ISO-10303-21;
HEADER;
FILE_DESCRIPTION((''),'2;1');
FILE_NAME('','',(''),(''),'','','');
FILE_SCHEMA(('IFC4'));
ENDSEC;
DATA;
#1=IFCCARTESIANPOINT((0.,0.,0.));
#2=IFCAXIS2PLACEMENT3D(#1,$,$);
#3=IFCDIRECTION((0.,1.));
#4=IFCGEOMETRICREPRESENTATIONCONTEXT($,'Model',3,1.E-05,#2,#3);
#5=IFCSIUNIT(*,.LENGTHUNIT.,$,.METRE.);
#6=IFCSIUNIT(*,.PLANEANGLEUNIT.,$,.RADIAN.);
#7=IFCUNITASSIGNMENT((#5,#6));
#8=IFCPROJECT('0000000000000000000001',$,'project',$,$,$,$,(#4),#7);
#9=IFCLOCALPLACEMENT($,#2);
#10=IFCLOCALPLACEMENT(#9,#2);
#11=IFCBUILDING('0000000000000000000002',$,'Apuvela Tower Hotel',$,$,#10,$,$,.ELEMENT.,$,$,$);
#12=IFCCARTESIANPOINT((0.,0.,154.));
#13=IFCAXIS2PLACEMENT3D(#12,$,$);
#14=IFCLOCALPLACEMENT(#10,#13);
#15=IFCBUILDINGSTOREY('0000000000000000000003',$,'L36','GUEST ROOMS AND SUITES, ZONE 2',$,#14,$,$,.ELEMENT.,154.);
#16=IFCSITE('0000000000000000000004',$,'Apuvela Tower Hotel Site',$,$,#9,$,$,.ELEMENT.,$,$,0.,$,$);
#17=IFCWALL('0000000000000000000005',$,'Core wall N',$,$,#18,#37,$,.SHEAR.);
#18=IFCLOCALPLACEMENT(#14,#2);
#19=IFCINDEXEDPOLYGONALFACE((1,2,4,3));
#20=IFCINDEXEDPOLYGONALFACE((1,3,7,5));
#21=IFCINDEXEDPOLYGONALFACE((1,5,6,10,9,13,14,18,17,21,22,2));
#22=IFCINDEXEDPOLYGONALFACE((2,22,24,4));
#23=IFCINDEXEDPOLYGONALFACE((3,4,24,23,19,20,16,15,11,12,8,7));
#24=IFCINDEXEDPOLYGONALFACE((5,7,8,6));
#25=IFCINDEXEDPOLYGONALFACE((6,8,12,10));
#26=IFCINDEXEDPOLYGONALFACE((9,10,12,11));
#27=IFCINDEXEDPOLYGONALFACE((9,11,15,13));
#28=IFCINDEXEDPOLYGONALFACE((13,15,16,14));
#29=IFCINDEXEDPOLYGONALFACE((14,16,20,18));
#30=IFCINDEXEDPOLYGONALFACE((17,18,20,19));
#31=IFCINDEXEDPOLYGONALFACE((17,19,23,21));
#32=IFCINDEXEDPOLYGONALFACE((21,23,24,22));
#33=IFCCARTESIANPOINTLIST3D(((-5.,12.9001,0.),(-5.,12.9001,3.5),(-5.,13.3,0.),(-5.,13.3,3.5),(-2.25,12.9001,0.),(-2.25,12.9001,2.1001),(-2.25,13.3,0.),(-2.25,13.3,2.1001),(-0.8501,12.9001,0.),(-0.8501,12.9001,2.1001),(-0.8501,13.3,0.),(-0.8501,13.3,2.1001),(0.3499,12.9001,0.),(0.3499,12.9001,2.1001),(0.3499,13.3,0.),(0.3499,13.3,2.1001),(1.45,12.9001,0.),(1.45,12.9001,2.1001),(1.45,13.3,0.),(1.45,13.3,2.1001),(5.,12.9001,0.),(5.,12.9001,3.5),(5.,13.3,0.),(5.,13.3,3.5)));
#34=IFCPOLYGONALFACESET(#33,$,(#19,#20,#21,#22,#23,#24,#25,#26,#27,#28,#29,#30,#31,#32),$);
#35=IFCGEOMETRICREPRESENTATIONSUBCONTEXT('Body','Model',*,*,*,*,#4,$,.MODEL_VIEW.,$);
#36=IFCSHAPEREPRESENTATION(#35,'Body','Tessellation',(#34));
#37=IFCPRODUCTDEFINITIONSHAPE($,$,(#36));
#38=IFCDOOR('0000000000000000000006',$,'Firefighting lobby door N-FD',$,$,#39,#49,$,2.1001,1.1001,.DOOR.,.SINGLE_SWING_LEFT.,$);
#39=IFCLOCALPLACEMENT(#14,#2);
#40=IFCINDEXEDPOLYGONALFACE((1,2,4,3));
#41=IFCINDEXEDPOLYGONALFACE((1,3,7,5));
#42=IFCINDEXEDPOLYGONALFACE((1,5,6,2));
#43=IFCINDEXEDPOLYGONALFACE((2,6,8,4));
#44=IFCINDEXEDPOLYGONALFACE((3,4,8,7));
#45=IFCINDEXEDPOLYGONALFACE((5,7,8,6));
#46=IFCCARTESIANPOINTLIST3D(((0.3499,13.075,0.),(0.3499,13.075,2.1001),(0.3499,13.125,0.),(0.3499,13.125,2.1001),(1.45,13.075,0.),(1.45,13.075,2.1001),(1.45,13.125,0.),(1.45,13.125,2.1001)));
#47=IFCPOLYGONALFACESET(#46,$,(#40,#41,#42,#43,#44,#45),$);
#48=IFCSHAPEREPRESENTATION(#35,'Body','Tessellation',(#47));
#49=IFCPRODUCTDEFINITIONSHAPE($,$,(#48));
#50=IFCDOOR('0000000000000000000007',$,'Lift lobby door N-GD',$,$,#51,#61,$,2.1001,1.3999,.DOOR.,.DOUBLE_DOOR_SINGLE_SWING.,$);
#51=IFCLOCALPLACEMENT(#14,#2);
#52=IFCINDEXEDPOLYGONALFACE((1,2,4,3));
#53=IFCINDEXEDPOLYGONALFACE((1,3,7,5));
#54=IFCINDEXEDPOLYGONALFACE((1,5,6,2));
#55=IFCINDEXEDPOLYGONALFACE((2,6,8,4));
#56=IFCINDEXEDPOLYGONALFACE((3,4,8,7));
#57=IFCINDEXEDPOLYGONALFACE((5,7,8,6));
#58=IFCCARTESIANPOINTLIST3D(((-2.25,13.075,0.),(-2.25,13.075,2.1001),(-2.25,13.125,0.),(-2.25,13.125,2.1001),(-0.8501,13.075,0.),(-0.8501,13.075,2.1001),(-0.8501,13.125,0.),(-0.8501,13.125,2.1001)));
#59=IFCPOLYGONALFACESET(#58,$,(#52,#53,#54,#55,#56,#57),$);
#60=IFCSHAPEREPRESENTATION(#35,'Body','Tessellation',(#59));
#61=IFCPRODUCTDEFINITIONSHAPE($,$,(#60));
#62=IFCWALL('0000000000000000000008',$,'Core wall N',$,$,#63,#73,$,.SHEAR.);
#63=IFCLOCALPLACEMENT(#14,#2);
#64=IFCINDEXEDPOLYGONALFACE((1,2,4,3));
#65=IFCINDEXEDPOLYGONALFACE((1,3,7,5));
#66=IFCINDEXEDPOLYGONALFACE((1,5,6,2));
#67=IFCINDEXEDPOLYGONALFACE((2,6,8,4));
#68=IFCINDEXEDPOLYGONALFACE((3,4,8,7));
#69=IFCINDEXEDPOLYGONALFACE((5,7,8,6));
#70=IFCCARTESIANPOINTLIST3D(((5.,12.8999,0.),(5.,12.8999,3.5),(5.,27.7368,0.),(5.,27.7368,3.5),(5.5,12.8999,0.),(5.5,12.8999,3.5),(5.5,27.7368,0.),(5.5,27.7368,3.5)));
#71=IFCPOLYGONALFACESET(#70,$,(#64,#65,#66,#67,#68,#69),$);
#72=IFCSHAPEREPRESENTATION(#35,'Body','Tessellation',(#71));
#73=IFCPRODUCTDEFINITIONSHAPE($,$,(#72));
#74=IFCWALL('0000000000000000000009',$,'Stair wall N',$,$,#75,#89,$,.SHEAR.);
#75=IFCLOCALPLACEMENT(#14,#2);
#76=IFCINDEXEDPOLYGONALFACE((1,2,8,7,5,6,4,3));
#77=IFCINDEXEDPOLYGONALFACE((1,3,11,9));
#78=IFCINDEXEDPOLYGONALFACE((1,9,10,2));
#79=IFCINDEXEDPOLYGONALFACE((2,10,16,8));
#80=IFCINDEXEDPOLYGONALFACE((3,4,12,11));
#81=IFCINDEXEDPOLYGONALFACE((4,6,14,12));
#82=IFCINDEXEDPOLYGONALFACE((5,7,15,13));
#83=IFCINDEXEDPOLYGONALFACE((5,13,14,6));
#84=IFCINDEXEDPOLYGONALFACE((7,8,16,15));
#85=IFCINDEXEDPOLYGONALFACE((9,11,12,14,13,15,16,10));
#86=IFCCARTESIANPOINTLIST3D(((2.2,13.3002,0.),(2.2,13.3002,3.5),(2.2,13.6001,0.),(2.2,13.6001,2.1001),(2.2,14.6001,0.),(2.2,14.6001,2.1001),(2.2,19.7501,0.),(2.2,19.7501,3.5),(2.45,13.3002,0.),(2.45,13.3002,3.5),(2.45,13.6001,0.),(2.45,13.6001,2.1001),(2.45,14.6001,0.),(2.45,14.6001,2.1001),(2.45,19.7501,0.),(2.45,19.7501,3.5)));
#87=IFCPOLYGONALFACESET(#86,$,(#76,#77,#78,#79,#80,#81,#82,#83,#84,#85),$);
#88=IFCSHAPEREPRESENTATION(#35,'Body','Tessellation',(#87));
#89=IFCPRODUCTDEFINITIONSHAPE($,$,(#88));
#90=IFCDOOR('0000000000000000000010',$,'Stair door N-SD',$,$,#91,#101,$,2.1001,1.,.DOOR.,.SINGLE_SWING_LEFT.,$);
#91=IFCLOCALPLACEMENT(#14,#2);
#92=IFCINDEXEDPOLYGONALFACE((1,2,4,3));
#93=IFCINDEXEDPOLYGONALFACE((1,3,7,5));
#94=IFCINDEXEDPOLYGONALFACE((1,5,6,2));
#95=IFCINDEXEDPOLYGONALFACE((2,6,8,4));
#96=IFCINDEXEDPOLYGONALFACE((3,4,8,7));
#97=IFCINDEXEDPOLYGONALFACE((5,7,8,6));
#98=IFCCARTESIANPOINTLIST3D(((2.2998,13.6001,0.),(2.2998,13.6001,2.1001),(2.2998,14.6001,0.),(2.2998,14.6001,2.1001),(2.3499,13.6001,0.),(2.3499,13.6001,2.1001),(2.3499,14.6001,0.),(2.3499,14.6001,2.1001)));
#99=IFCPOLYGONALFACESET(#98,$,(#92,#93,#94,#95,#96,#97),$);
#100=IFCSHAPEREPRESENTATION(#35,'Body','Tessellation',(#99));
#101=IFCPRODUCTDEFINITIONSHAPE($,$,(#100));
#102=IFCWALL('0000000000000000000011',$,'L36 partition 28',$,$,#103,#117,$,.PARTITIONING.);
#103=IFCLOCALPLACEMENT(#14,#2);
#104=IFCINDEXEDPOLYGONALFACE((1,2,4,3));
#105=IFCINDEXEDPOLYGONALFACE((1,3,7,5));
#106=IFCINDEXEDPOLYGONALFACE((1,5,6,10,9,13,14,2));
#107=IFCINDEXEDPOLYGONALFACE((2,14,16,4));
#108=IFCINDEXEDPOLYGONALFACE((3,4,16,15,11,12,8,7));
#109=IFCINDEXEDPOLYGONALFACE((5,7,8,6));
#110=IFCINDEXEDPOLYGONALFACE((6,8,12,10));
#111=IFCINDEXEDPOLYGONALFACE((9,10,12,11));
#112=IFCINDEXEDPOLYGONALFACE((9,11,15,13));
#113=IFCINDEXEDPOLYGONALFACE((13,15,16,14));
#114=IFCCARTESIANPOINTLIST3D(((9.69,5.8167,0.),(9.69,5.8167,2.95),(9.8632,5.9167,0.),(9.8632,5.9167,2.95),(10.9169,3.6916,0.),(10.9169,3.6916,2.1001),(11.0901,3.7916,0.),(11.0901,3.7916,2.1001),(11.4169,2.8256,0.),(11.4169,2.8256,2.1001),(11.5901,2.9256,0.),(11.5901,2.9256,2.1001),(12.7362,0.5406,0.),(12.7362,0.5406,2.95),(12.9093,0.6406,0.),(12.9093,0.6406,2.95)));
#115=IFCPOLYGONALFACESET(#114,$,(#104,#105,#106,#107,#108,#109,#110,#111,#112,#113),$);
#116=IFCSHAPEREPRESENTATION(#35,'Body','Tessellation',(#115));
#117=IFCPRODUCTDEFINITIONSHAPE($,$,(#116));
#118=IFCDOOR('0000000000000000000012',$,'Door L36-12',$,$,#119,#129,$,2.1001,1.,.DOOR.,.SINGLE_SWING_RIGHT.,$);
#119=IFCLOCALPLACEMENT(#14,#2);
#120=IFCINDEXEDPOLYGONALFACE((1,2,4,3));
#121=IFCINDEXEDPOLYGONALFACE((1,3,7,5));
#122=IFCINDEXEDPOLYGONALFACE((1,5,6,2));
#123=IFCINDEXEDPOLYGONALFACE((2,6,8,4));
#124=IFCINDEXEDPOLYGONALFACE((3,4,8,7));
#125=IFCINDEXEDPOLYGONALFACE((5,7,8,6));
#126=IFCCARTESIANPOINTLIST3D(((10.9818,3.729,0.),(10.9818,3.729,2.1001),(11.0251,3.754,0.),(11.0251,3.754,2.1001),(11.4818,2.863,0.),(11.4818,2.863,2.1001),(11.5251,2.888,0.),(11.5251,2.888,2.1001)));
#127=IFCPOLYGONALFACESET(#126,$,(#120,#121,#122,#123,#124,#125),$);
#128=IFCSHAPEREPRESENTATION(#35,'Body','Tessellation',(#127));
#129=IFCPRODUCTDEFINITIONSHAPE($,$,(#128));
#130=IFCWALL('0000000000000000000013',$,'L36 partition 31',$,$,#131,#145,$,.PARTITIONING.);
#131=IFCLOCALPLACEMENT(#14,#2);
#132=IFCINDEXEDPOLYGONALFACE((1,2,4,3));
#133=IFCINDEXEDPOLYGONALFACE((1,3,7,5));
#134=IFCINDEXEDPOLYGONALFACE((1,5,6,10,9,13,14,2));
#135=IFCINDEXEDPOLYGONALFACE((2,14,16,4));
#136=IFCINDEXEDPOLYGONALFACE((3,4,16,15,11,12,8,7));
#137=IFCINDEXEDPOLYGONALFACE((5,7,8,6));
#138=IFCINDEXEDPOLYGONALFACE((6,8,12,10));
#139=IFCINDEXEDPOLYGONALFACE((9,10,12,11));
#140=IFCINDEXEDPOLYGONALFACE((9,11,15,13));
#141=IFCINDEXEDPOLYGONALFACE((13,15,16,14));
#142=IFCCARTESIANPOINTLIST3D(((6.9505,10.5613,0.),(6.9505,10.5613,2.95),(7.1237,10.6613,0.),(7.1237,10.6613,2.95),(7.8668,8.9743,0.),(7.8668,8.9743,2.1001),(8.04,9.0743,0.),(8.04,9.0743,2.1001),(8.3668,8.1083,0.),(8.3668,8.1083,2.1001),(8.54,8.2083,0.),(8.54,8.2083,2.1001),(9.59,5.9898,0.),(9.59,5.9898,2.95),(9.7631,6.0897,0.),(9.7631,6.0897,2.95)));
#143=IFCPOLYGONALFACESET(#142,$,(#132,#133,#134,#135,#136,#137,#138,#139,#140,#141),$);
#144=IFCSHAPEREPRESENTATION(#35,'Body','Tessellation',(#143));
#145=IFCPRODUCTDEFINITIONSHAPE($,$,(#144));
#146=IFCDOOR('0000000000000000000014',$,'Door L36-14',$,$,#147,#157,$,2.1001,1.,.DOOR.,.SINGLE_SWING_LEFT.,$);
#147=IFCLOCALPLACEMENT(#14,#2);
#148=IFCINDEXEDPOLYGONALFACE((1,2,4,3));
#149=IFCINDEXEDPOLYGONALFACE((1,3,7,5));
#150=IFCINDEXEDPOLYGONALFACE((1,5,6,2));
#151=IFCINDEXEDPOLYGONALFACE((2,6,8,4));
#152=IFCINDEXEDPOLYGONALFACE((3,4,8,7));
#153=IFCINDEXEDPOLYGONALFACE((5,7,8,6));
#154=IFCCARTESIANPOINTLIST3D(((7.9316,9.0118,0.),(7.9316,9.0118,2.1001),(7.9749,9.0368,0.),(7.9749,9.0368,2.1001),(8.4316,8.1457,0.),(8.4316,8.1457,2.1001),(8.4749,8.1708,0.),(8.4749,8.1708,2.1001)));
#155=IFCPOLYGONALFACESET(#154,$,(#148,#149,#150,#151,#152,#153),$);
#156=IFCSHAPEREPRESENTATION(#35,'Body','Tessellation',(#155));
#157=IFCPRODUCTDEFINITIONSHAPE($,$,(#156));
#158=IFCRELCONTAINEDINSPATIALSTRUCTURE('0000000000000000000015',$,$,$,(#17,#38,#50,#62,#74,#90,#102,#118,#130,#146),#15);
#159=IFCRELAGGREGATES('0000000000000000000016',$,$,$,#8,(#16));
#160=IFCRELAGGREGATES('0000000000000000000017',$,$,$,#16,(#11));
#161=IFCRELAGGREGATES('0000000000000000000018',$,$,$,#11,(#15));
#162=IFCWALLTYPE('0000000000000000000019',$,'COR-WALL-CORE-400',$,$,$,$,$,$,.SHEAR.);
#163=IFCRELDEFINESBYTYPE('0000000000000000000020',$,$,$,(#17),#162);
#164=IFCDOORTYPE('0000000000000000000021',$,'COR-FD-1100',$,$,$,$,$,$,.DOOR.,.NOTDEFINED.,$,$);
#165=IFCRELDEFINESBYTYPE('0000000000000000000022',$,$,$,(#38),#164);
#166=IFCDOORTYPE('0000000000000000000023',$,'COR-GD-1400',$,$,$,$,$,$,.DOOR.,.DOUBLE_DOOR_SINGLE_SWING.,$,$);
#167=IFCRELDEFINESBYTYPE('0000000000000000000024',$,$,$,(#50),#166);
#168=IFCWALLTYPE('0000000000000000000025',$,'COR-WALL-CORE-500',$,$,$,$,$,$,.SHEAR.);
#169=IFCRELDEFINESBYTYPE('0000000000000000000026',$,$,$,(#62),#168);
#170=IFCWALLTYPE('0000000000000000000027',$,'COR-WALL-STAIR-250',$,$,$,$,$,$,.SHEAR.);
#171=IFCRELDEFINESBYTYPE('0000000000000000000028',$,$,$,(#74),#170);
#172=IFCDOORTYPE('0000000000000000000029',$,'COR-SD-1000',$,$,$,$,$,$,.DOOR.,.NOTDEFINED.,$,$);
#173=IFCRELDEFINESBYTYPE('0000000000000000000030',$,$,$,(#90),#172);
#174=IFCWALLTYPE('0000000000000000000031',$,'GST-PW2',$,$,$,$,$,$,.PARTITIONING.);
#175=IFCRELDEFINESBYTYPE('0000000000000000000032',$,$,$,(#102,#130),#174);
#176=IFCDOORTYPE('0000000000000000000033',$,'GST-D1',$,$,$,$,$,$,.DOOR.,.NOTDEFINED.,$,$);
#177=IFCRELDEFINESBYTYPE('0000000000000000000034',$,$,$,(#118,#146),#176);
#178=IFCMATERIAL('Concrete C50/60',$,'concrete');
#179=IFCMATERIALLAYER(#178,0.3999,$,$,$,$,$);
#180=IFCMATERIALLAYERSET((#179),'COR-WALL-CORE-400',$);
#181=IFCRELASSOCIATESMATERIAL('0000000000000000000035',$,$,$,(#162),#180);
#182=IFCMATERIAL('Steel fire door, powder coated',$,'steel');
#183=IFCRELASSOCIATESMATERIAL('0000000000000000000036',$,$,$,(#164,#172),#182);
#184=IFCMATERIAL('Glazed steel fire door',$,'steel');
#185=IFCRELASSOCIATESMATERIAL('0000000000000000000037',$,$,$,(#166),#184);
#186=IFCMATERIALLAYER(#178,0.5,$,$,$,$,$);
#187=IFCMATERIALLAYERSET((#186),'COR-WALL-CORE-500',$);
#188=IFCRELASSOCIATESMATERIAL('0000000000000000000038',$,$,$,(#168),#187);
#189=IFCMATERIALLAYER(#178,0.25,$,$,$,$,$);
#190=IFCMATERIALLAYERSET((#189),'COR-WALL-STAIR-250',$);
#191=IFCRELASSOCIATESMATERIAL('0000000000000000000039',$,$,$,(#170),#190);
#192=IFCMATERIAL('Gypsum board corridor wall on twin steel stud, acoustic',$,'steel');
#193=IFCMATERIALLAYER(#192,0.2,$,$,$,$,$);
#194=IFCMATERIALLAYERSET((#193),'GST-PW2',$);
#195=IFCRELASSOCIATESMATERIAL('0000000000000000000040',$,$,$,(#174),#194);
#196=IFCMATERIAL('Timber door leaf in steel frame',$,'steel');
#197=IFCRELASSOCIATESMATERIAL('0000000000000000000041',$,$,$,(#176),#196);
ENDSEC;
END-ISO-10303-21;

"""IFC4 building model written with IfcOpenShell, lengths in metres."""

from ifc_helpers import new_model, si_unit, direction, frame, frame_2d, origin, place, context, subcontext, project, spatial, rectangle, extrude, material, layer, layer_set, type_object, element, fill, save


model = new_model("IFC4")

# Units and contexts
model_context = context("Model", 3, precision=1e-05, world=origin(), true_north=direction((0.0, 1.0)))
body_context = subcontext(model_context, "Body", "Model", "MODEL_VIEW")
ifc_project = project(units=[si_unit("LENGTHUNIT", "METRE"), si_unit("PLANEANGLEUNIT", "RADIAN")], contexts=[model_context])

# Site, building, storey
site_placement = place(None, origin())
site = spatial("IfcSite", under=ifc_project, at=site_placement, Name="Apuvela Tower Hotel Site", CompositionType="ELEMENT", RefElevation=0.0)
building_placement = place(site_placement, origin())
building = spatial("IfcBuilding", under=site, at=building_placement, Name="Apuvela Tower Hotel", CompositionType="ELEMENT")
storey_placement = place(building_placement, frame((0.0, 0.0, 154.0)))
storey = spatial("IfcBuildingStorey", under=building, at=storey_placement, Name="L36", Description="GUEST ROOMS AND SUITES, ZONE 2", CompositionType="ELEMENT", Elevation=154.0)

# Shared definitions
ifc_material_1 = material(Name="Concrete C50/60", Category="concrete")

# Wall, openings, doors
ifc_layer_1 = layer(ifc_material_1, 0.3999)
ifc_layer_set_1 = layer_set([ifc_layer_1], Name="COR-WALL-CORE-400")
wall_type_1 = type_object("IfcWallType", Name="COR-WALL-CORE-400", PredefinedType="SHEAR", material=ifc_layer_set_1)
wall_1_placement = place(storey_placement, frame((5.0, 13.1001, 0.0), z_axis=(0.0, 0.0, 1.0), x_axis=(-1.0, 0.0, 0.0)))
wall_1 = element("IfcWall", 1, at=wall_1_placement, inside=storey, type_object=wall_type_1, Name="Core wall N", PredefinedType="SHEAR", context=body_context, shape_type="SweptSolid", body=[
    extrude(rectangle(XDim=10.0, YDim=0.3999, at=frame_2d((5.0, 0.0))), origin(), (0.0, 0.0, 1.0), 3.5),
])
opening_1_placement = place(wall_1_placement, frame((3.55, 0.0, 0.0)))
opening_1 = element("IfcOpeningElement", 2, at=opening_1_placement, cuts=wall_1, PredefinedType="OPENING", context=body_context, shape_type="SweptSolid", body=[
    extrude(rectangle(XDim=1.1001, YDim=2.1001, at=frame_2d((0.55, 1.05))), frame((0.0, 0.21, 0.0), z_axis=(0.0, -1.0, 0.0), x_axis=(1.0, 0.0, 0.0)), (0.0, 0.0, 1.0), 0.4199),
])
opening_2_placement = place(wall_1_placement, frame((5.8501, 0.0, 0.0)))
opening_2 = element("IfcOpeningElement", 3, at=opening_2_placement, cuts=wall_1, PredefinedType="OPENING", context=body_context, shape_type="SweptSolid", body=[
    extrude(rectangle(XDim=1.3999, YDim=2.1001, at=frame_2d((0.7, 1.05))), frame((0.0, 0.21, 0.0), z_axis=(0.0, -1.0, 0.0), x_axis=(1.0, 0.0, 0.0)), (0.0, 0.0, 1.0), 0.4199),
])
ifc_material_2 = material(Name="Steel fire door, powder coated", Category="steel")
door_type_1 = type_object("IfcDoorType", Name="COR-FD-1100", OperationType="NOTDEFINED", PredefinedType="DOOR", material=ifc_material_2)
door_1_placement = place(opening_1_placement, frame((1.1001, 0.0, 0.0), z_axis=(0.0, 0.0, 1.0), x_axis=(-1.0, 0.0, 0.0)))
door_1 = element("IfcDoor", 4, at=door_1_placement, inside=storey, type_object=door_type_1, Name="Firefighting lobby door N-FD", OperationType="SINGLE_SWING_LEFT", OverallHeight=2.1001, OverallWidth=1.1001, PredefinedType="DOOR", context=body_context, shape_type="SweptSolid", body=[
    extrude(rectangle(XDim=1.1001, YDim=2.1001, at=frame_2d((0.55, 1.05))), frame((0.0, 0.0249, 0.0), z_axis=(0.0, -1.0, 0.0), x_axis=(1.0, 0.0, 0.0)), (0.0, 0.0, 1.0), 0.05),
])
fill(opening_1, door_1)
ifc_material_3 = material(Name="Glazed steel fire door", Category="steel")
door_type_2 = type_object("IfcDoorType", Name="COR-GD-1400", OperationType="DOUBLE_DOOR_SINGLE_SWING", PredefinedType="DOOR", material=ifc_material_3)
door_2_placement = place(opening_2_placement, frame((1.3999, 0.0, 0.0), z_axis=(0.0, 0.0, 1.0), x_axis=(-1.0, 0.0, 0.0)))
door_2 = element("IfcDoor", 5, at=door_2_placement, inside=storey, type_object=door_type_2, Name="Lift lobby door N-GD", OperationType="DOUBLE_DOOR_SINGLE_SWING", OverallHeight=2.1001, OverallWidth=1.3999, PredefinedType="DOOR", context=body_context, shape_type="SweptSolid", body=[
    extrude(rectangle(XDim=1.3999, YDim=2.1001, at=frame_2d((0.7, 1.05))), frame((0.0, 0.0249, 0.0), z_axis=(0.0, -1.0, 0.0), x_axis=(1.0, 0.0, 0.0)), (0.0, 0.0, 1.0), 0.05),
])
fill(opening_2, door_2)

# Wall
ifc_layer_2 = layer(ifc_material_1, 0.5)
ifc_layer_set_2 = layer_set([ifc_layer_2], Name="COR-WALL-CORE-500")
wall_type_2 = type_object("IfcWallType", Name="COR-WALL-CORE-500", PredefinedType="SHEAR", material=ifc_layer_set_2)
wall_2_placement = place(storey_placement, frame((5.25, 12.8999, 0.0), z_axis=(0.0, 0.0, 1.0), x_axis=(0.0, 1.0, 0.0)))
element("IfcWall", 6, at=wall_2_placement, inside=storey, type_object=wall_type_2, Name="Core wall N", PredefinedType="SHEAR", context=body_context, shape_type="SweptSolid", body=[
    extrude(rectangle(XDim=14.8369, YDim=0.5, at=frame_2d((7.4185, 0.0))), origin(), (0.0, 0.0, 1.0), 3.5),
])

# Walls, openings, doors
ifc_layer_3 = layer(ifc_material_1, 0.25)
ifc_layer_set_3 = layer_set([ifc_layer_3], Name="COR-WALL-STAIR-250")
wall_type_3 = type_object("IfcWallType", Name="COR-WALL-STAIR-250", PredefinedType="SHEAR", material=ifc_layer_set_3)
wall_3_placement = place(storey_placement, frame((2.325, 13.3, 0.0), z_axis=(0.0, 0.0, 1.0), x_axis=(0.0, 1.0, 0.0)))
wall_3 = element("IfcWall", 7, at=wall_3_placement, inside=storey, type_object=wall_type_3, Name="Stair wall N", PredefinedType="SHEAR", context=body_context, shape_type="SweptSolid", body=[
    extrude(rectangle(XDim=6.45, YDim=0.25, at=frame_2d((3.2251, 0.0))), origin(), (0.0, 0.0, 1.0), 3.5),
])
opening_3_placement = place(wall_3_placement, frame((0.3, 0.0, 0.0)))
opening_3 = element("IfcOpeningElement", 8, at=opening_3_placement, cuts=wall_3, PredefinedType="OPENING", context=body_context, shape_type="SweptSolid", body=[
    extrude(rectangle(XDim=1.0, YDim=2.1001, at=frame_2d((0.5, 1.05))), frame((0.0, 0.135, 0.0), z_axis=(0.0, -1.0, 0.0), x_axis=(1.0, 0.0, 0.0)), (0.0, 0.0, 1.0), 0.27),
])
door_type_3 = type_object("IfcDoorType", Name="COR-SD-1000", OperationType="NOTDEFINED", PredefinedType="DOOR", material=ifc_material_2)
door_3_placement = place(opening_3_placement, frame((1.0, 0.0, 0.0), z_axis=(0.0, 0.0, 1.0), x_axis=(-1.0, 0.0, 0.0)))
door_3 = element("IfcDoor", 9, at=door_3_placement, inside=storey, type_object=door_type_3, Name="Stair door N-SD", OperationType="SINGLE_SWING_LEFT", OverallHeight=2.1001, OverallWidth=1.0, PredefinedType="DOOR", context=body_context, shape_type="SweptSolid", body=[
    extrude(rectangle(XDim=1.0, YDim=2.1001, at=frame_2d((0.5, 1.05))), frame((0.0, 0.0249, 0.0), z_axis=(0.0, -1.0, 0.0), x_axis=(1.0, 0.0, 0.0)), (0.0, 0.0, 1.0), 0.05),
])
fill(opening_3, door_3)
ifc_material_4 = material(Name="Gypsum board corridor wall on twin steel stud, acoustic", Category="steel")
ifc_layer_4 = layer(ifc_material_4, 0.2)
ifc_layer_set_4 = layer_set([ifc_layer_4], Name="GST-PW2")
wall_type_4 = type_object("IfcWallType", Name="GST-PW2", PredefinedType="PARTITIONING", material=ifc_layer_set_4)
wall_4_placement = place(storey_placement, frame((9.7766, 5.8667, 0.0), z_axis=(0.0, 0.0, 1.0), x_axis=(0.499996, -0.866027, 0.0)))
wall_4 = element("IfcWall", 10, at=wall_4_placement, inside=storey, type_object=wall_type_4, Name="L36 partition 28", PredefinedType="PARTITIONING", context=body_context, shape_type="SweptSolid", body=[
    extrude(rectangle(XDim=6.0923, YDim=0.2, at=frame_2d((3.0461, 0.0))), origin(), (0.0, 0.0, 1.0), 2.95),
])
opening_4_placement = place(wall_4_placement, frame((2.4539, 0.0, 0.0)))
opening_4 = element("IfcOpeningElement", 11, at=opening_4_placement, cuts=wall_4, PredefinedType="OPENING", context=body_context, shape_type="SweptSolid", body=[
    extrude(rectangle(XDim=1.0, YDim=2.1001, at=frame_2d((0.5, 1.05))), frame((0.0, 0.1099, 0.0), z_axis=(0.0, -1.0, 0.0), x_axis=(1.0, 0.0, 0.0)), (0.0, 0.0, 1.0), 0.22),
])
ifc_material_5 = material(Name="Timber door leaf in steel frame", Category="steel")
door_type_4 = type_object("IfcDoorType", Name="GST-D1", OperationType="NOTDEFINED", PredefinedType="DOOR", material=ifc_material_5)
door_4_placement = place(opening_4_placement, origin())
door_4 = element("IfcDoor", 12, at=door_4_placement, inside=storey, type_object=door_type_4, Name="Door L36-12", OperationType="SINGLE_SWING_RIGHT", OverallHeight=2.1001, OverallWidth=1.0, PredefinedType="DOOR", context=body_context, shape_type="SweptSolid", body=[
    extrude(rectangle(XDim=1.0, YDim=2.1001, at=frame_2d((0.5, 1.05))), frame((0.0, 0.0249, 0.0), z_axis=(0.0, -1.0, 0.0), x_axis=(1.0, 0.0, 0.0)), (0.0, 0.0, 1.0), 0.05),
])
fill(opening_4, door_4)
wall_5_placement = place(storey_placement, frame((7.0371, 10.6113, 0.0), z_axis=(0.0, 0.0, 1.0), x_axis=(0.500004, -0.866023, 0.0)))
wall_5 = element("IfcWall", 13, at=wall_5_placement, inside=storey, type_object=wall_type_4, Name="L36 partition 31", PredefinedType="PARTITIONING", context=body_context, shape_type="SweptSolid", body=[
    extrude(rectangle(XDim=5.2788, YDim=0.2, at=frame_2d((2.6394, 0.0))), origin(), (0.0, 0.0, 1.0), 2.95),
])
opening_5_placement = place(wall_5_placement, frame((1.8325, 0.0, 0.0)))
opening_5 = element("IfcOpeningElement", 14, at=opening_5_placement, cuts=wall_5, PredefinedType="OPENING", context=body_context, shape_type="SweptSolid", body=[
    extrude(rectangle(XDim=1.0, YDim=2.1001, at=frame_2d((0.5, 1.05))), frame((0.0, 0.1099, 0.0), z_axis=(0.0, -1.0, 0.0), x_axis=(1.0, 0.0, 0.0)), (0.0, 0.0, 1.0), 0.22),
])
door_5_placement = place(opening_5_placement, origin())
door_5 = element("IfcDoor", 15, at=door_5_placement, inside=storey, type_object=door_type_4, Name="Door L36-14", OperationType="SINGLE_SWING_LEFT", OverallHeight=2.1001, OverallWidth=1.0, PredefinedType="DOOR", context=body_context, shape_type="SweptSolid", body=[
    extrude(rectangle(XDim=1.0, YDim=2.1001, at=frame_2d((0.5, 1.05))), frame((0.0, 0.0249, 0.0), z_axis=(0.0, -1.0, 0.0), x_axis=(1.0, 0.0, 0.0)), (0.0, 0.0, 1.0), 0.05),
])
fill(opening_5, door_5)

save(model, "model.ifc")
